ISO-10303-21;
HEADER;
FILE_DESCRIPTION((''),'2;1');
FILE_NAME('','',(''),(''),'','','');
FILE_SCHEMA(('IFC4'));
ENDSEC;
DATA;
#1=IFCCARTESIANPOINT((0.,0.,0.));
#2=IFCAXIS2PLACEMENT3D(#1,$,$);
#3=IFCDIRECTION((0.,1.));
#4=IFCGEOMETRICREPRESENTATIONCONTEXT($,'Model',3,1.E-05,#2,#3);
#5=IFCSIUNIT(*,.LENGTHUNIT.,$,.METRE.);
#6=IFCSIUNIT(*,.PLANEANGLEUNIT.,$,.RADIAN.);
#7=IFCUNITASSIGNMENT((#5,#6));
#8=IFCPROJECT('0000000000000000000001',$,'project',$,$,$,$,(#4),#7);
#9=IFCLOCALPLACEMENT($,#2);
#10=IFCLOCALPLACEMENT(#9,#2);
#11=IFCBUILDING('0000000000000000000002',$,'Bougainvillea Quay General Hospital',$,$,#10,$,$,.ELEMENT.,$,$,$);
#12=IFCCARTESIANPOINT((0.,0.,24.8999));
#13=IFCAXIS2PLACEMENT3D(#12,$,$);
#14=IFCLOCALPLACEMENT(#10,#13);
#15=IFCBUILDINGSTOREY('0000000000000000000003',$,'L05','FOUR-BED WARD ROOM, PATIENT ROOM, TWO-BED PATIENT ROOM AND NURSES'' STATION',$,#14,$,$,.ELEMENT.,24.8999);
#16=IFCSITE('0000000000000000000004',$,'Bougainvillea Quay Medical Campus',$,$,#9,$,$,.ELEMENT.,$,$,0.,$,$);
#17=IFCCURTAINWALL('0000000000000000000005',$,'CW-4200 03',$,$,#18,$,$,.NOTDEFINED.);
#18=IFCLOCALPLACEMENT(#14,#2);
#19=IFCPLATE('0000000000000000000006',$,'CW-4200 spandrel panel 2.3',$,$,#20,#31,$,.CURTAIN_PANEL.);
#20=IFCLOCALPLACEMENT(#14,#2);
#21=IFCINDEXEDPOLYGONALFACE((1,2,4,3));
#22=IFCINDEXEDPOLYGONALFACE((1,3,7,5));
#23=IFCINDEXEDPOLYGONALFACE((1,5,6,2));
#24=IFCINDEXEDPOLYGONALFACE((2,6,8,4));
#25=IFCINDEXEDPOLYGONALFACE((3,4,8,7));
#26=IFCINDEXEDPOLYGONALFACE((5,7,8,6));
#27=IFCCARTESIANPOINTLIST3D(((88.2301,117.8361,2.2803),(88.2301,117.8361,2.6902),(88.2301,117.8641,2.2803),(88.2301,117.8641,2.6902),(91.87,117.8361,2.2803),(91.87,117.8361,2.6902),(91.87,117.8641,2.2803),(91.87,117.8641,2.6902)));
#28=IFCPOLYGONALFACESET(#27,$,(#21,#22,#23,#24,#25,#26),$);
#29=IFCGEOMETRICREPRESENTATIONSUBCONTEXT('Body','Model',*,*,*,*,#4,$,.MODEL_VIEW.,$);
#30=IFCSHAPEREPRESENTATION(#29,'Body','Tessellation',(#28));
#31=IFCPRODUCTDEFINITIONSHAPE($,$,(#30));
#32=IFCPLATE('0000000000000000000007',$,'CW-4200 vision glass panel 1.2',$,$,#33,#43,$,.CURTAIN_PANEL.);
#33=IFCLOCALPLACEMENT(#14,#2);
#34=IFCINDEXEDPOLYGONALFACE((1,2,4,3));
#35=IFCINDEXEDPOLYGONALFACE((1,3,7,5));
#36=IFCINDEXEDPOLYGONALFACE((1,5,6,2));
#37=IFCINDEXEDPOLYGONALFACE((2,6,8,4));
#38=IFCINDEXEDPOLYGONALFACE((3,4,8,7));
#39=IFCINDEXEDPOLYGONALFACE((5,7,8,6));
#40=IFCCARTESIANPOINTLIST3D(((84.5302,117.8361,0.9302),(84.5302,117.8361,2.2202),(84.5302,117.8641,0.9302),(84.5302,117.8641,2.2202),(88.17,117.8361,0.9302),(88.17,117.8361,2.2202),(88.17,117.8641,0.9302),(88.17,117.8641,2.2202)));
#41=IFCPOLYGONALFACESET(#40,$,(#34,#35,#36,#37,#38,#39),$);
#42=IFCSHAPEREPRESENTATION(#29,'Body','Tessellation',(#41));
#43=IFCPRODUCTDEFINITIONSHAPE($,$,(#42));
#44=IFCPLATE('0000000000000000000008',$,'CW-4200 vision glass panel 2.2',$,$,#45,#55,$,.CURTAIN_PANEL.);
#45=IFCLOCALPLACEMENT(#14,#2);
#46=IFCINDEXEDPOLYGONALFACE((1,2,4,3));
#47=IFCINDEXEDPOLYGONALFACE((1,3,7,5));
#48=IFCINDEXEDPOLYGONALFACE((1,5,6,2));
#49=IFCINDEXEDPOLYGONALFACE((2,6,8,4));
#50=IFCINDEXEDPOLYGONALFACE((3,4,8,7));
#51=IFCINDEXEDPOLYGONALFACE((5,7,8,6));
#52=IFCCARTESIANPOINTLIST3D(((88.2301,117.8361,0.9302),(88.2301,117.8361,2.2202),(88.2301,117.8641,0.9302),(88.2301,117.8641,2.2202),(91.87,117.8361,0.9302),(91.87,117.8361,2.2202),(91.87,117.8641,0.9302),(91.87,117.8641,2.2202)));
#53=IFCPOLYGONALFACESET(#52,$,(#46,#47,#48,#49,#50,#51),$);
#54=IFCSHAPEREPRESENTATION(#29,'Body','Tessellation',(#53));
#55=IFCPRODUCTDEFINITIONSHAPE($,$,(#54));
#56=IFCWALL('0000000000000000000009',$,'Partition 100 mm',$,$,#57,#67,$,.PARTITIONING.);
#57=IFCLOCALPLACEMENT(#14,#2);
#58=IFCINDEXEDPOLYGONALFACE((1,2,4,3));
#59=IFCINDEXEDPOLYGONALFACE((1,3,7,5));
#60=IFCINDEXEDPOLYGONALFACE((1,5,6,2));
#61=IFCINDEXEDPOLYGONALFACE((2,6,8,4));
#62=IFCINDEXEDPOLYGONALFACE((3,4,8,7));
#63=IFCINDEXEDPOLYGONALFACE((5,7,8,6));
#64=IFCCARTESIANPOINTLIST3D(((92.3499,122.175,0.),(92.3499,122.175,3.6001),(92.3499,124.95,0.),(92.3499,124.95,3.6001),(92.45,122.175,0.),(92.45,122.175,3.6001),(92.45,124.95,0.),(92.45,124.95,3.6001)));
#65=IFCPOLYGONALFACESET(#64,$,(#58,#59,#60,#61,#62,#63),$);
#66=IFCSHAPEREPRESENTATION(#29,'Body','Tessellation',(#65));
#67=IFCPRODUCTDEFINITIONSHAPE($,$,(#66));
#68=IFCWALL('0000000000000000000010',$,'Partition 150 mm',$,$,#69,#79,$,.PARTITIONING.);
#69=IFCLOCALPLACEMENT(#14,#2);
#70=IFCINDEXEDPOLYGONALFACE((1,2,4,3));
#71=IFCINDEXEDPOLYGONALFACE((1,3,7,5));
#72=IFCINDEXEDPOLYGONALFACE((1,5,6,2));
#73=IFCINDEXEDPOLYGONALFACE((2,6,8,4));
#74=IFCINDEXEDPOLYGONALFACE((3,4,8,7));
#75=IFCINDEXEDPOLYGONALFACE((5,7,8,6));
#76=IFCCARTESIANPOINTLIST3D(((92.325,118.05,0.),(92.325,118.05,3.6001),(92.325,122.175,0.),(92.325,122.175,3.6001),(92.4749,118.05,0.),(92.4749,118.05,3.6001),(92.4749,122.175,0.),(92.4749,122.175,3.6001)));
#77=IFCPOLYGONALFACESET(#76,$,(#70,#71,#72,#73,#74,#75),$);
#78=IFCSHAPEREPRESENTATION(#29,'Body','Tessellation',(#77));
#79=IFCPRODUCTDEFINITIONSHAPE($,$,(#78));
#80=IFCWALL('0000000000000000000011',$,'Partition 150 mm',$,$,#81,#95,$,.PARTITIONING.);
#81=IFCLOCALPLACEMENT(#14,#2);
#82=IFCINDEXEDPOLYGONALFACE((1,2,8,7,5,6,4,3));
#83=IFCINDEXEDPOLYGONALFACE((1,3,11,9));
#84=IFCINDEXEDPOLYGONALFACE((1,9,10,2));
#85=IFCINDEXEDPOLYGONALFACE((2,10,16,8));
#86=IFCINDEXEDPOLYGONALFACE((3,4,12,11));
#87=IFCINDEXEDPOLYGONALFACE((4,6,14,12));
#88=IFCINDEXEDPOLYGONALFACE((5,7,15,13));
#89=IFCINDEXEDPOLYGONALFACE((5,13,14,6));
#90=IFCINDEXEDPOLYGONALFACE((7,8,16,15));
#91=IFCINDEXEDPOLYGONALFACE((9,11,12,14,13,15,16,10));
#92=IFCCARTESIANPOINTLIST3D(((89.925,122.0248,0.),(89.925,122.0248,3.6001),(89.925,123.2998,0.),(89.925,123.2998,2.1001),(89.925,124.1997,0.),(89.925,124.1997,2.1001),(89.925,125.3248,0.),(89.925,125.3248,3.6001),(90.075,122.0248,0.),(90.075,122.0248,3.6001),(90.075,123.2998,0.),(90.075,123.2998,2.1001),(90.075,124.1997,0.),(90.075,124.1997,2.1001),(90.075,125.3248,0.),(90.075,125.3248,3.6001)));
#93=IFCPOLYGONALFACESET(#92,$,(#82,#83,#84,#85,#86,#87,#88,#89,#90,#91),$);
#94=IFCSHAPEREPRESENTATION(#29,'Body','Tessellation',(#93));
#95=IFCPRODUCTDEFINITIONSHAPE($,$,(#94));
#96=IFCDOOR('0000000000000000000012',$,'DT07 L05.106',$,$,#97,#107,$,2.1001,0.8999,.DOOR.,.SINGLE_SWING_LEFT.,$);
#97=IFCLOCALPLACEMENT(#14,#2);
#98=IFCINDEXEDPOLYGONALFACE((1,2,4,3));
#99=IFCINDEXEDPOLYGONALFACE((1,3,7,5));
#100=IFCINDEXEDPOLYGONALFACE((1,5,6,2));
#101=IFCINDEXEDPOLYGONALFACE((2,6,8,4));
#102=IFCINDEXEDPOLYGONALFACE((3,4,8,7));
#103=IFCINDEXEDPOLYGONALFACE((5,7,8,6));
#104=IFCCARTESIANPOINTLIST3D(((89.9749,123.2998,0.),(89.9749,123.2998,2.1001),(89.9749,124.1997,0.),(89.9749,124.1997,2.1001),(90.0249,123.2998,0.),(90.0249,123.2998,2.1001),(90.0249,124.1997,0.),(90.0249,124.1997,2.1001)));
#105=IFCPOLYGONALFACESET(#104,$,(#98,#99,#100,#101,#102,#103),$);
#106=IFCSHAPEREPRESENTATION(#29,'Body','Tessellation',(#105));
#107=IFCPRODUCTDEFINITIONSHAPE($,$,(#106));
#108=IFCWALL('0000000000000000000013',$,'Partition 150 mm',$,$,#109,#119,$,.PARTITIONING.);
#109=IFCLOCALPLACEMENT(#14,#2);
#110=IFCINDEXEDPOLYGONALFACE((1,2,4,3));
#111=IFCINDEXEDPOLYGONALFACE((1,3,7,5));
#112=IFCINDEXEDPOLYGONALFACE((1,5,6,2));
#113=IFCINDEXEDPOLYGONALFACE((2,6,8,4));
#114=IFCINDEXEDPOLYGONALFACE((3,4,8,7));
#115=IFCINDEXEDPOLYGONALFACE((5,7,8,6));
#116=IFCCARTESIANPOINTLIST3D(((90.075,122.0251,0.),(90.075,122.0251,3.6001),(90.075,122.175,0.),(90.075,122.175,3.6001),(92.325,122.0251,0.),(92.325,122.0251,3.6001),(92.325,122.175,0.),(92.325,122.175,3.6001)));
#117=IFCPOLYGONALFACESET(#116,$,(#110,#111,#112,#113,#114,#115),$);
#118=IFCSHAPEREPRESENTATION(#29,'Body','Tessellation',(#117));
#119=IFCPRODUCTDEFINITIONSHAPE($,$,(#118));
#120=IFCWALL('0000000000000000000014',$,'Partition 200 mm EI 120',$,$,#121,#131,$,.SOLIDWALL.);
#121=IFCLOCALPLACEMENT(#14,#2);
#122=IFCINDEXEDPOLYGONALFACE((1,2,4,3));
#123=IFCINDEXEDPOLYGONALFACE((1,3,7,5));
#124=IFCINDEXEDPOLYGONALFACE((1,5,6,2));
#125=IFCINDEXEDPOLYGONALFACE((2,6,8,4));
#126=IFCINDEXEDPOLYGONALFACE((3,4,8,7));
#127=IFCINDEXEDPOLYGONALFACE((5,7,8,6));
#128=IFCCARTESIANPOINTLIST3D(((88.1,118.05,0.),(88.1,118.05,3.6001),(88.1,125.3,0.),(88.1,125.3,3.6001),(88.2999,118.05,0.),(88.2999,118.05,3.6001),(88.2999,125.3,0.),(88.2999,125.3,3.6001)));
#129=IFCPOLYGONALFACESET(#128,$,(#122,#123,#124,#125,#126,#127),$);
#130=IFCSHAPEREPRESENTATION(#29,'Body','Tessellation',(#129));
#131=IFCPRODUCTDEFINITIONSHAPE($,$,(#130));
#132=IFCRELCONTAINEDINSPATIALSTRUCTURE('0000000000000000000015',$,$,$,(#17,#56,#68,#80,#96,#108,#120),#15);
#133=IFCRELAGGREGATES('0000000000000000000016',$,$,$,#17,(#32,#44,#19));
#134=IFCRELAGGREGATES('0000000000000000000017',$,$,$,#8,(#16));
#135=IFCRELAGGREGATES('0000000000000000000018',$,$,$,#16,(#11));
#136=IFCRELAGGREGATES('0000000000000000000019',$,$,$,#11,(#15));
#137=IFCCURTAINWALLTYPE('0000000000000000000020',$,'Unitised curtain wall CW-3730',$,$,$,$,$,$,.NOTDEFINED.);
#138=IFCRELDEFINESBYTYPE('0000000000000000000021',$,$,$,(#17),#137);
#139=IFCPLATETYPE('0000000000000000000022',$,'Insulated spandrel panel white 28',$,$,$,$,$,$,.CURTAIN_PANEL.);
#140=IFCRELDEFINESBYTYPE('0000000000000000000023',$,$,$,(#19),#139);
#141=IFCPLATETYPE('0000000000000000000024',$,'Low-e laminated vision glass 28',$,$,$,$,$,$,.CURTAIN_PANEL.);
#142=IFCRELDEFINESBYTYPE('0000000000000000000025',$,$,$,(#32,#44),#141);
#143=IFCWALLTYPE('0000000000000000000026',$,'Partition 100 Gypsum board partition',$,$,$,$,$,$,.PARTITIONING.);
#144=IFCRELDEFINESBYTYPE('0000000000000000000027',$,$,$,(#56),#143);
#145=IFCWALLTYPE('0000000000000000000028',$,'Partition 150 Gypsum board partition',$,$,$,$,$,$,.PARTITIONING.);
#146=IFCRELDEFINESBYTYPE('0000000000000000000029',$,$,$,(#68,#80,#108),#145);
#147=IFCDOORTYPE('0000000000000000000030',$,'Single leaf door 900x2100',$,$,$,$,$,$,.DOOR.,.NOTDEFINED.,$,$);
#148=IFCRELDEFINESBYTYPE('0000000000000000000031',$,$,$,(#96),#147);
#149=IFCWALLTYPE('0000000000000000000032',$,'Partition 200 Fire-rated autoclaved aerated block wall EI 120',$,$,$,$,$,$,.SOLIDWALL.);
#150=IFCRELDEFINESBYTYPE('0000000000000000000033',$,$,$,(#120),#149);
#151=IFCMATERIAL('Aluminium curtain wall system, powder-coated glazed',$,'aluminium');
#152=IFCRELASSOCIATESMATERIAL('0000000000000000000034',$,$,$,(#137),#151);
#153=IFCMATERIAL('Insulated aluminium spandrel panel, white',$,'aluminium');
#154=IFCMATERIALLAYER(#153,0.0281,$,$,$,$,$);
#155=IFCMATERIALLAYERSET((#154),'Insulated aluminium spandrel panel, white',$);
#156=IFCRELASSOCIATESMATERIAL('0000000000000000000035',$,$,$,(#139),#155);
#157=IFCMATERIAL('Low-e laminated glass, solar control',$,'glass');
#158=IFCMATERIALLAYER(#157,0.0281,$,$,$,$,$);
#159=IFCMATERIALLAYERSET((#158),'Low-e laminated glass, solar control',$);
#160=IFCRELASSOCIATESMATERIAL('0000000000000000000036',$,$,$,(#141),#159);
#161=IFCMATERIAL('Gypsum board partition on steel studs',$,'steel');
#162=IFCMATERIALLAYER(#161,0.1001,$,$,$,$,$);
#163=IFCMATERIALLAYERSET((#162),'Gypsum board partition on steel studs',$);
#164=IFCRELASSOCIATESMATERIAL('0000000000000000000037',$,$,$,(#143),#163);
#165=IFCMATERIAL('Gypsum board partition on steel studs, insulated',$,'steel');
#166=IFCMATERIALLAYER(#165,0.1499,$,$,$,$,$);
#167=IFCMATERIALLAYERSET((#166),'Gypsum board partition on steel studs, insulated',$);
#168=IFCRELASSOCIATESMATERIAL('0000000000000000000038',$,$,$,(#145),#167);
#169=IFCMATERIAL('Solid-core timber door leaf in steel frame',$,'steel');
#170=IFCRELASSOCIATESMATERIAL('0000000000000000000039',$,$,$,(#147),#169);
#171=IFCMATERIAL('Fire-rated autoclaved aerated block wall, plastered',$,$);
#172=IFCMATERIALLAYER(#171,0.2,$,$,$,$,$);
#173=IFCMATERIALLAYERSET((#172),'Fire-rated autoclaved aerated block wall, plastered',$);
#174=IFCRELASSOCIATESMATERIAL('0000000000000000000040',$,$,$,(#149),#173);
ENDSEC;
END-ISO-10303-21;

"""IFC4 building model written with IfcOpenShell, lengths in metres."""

from ifc_helpers import new_model, si_unit, direction, frame, frame_2d, origin, origin_2d, place, context, subcontext, project, spatial, rectangle, extrude, material, layer, layer_set, type_object, element, fill, aggregate, save


model = new_model("IFC4")

# Units and contexts
model_context = context("Model", 3, precision=1e-05, world=origin(), true_north=direction((0.0, 1.0)))
body_context = subcontext(model_context, "Body", "Model", "MODEL_VIEW")
ifc_project = project(units=[si_unit("LENGTHUNIT", "METRE"), si_unit("PLANEANGLEUNIT", "RADIAN")], contexts=[model_context])

# Site, building, storey
site_placement = place(None, origin())
site = spatial("IfcSite", under=ifc_project, at=site_placement, Name="Bougainvillea Quay Medical Campus", CompositionType="ELEMENT", RefElevation=0.0)
building_placement = place(site_placement, origin())
building = spatial("IfcBuilding", under=site, at=building_placement, Name="Bougainvillea Quay General Hospital", CompositionType="ELEMENT")
storey_placement = place(building_placement, frame((0.0, 0.0, 24.8999)))
storey = spatial("IfcBuildingStorey", under=building, at=storey_placement, Name="L05", Description="FOUR-BED WARD ROOM, PATIENT ROOM, TWO-BED PATIENT ROOM AND NURSES' STATION", CompositionType="ELEMENT", Elevation=24.8999)

# Curtain wall, plates
ifc_material_1 = material(Name="Aluminium curtain wall system, powder-coated glazed", Category="aluminium")
curtain_wall_type = type_object("IfcCurtainWallType", Name="Unitised curtain wall CW-3730", PredefinedType="NOTDEFINED", material=ifc_material_1)
curtain_wall_placement = place(storey_placement, origin())
curtain_wall = element("IfcCurtainWall", 1, at=curtain_wall_placement, inside=storey, type_object=curtain_wall_type, Name="CW-4200 03", PredefinedType="NOTDEFINED")
ifc_material_2 = material(Name="Insulated aluminium spandrel panel, white", Category="aluminium")
ifc_layer_1 = layer(ifc_material_2, 0.0281)
ifc_layer_set_1 = layer_set([ifc_layer_1], Name="Insulated aluminium spandrel panel, white")
plate_type_1 = type_object("IfcPlateType", Name="Insulated spandrel panel white 28", PredefinedType="CURTAIN_PANEL", material=ifc_layer_set_1)
plate_1_placement = place(storey_placement, frame((90.05, 117.8501, 2.2803), z_axis=(0.0, 0.0, 1.0), x_axis=(1.0, 0.0, 0.0)))
plate_1 = element("IfcPlate", 2, at=plate_1_placement, type_object=plate_type_1, Name="CW-4200 spandrel panel 2.3", PredefinedType="CURTAIN_PANEL", context=body_context, shape_type="SweptSolid", body=[
    extrude(rectangle(XDim=3.6399, YDim=0.0281, at=origin_2d()), origin(), (0.0, 0.0, 1.0), 0.4099),
])
ifc_material_3 = material(Name="Low-e laminated glass, solar control", Category="glass")
ifc_layer_2 = layer(ifc_material_3, 0.0281)
ifc_layer_set_2 = layer_set([ifc_layer_2], Name="Low-e laminated glass, solar control")
plate_type_2 = type_object("IfcPlateType", Name="Low-e laminated vision glass 28", PredefinedType="CURTAIN_PANEL", material=ifc_layer_set_2)
plate_2_placement = place(storey_placement, frame((86.3501, 117.8501, 0.9302), z_axis=(0.0, 0.0, 1.0), x_axis=(1.0, 0.0, 0.0)))
plate_2 = element("IfcPlate", 3, at=plate_2_placement, type_object=plate_type_2, Name="CW-4200 vision glass panel 1.2", PredefinedType="CURTAIN_PANEL", context=body_context, shape_type="SweptSolid", body=[
    extrude(rectangle(XDim=3.6399, YDim=0.0281, at=origin_2d()), origin(), (0.0, 0.0, 1.0), 1.29),
])
plate_3_placement = place(storey_placement, frame((90.05, 117.8501, 0.9302), z_axis=(0.0, 0.0, 1.0), x_axis=(1.0, 0.0, 0.0)))
plate_3 = element("IfcPlate", 4, at=plate_3_placement, type_object=plate_type_2, Name="CW-4200 vision glass panel 2.2", PredefinedType="CURTAIN_PANEL", context=body_context, shape_type="SweptSolid", body=[
    extrude(rectangle(XDim=3.6399, YDim=0.0281, at=origin_2d()), origin(), (0.0, 0.0, 1.0), 1.29),
])
aggregate(curtain_wall, [plate_2, plate_3, plate_1])

# Walls
ifc_material_4 = material(Name="Gypsum board partition on steel studs", Category="steel")
ifc_layer_3 = layer(ifc_material_4, 0.1001)
ifc_layer_set_3 = layer_set([ifc_layer_3], Name="Gypsum board partition on steel studs")
wall_type_1 = type_object("IfcWallType", Name="Partition 100 Gypsum board partition", PredefinedType="PARTITIONING", material=ifc_layer_set_3)
wall_1_placement = place(storey_placement, frame((92.3999, 122.175, 0.0), z_axis=(0.0, 0.0, 1.0), x_axis=(0.0, 1.0, 0.0)))
element("IfcWall", 5, at=wall_1_placement, inside=storey, type_object=wall_type_1, Name="Partition 100 mm", PredefinedType="PARTITIONING", context=body_context, shape_type="SweptSolid", body=[
    extrude(rectangle(XDim=2.7749, YDim=0.1001, at=frame_2d((1.3875, 0.0))), origin(), (0.0, 0.0, 1.0), 3.6001),
])
ifc_material_5 = material(Name="Gypsum board partition on steel studs, insulated", Category="steel")
ifc_layer_4 = layer(ifc_material_5, 0.1499)
ifc_layer_set_4 = layer_set([ifc_layer_4], Name="Gypsum board partition on steel studs, insulated")
wall_type_2 = type_object("IfcWallType", Name="Partition 150 Gypsum board partition", PredefinedType="PARTITIONING", material=ifc_layer_set_4)
wall_2_placement = place(storey_placement, frame((92.3999, 118.05, 0.0), z_axis=(0.0, 0.0, 1.0), x_axis=(0.0, 1.0, 0.0)))
element("IfcWall", 6, at=wall_2_placement, inside=storey, type_object=wall_type_2, Name="Partition 150 mm", PredefinedType="PARTITIONING", context=body_context, shape_type="SweptSolid", body=[
    extrude(rectangle(XDim=4.125, YDim=0.1499, at=frame_2d((2.0625, 0.0))), origin(), (0.0, 0.0, 1.0), 3.6001),
])

# Wall, opening, door
wall_3_placement = place(storey_placement, frame((90.0, 122.0249, 0.0), z_axis=(0.0, 0.0, 1.0), x_axis=(0.0, 1.0, 0.0)))
wall_3 = element("IfcWall", 7, at=wall_3_placement, inside=storey, type_object=wall_type_2, Name="Partition 150 mm", PredefinedType="PARTITIONING", context=body_context, shape_type="SweptSolid", body=[
    extrude(rectangle(XDim=3.3, YDim=0.1499, at=frame_2d((1.6499, 0.0))), origin(), (0.0, 0.0, 1.0), 3.6001),
])
opening_placement = place(wall_3_placement, frame((1.2749, 0.0, 0.0)))
opening = element("IfcOpeningElement", 8, at=opening_placement, cuts=wall_3, PredefinedType="OPENING", context=body_context, shape_type="SweptSolid", body=[
    extrude(rectangle(XDim=0.8999, YDim=2.1001, at=frame_2d((0.45, 1.05))), frame((0.0, 0.085, 0.0), z_axis=(0.0, -1.0, 0.0), x_axis=(1.0, 0.0, 0.0)), (0.0, 0.0, 1.0), 0.1699),
])
ifc_material_6 = material(Name="Solid-core timber door leaf in steel frame", Category="steel")
door_type = type_object("IfcDoorType", Name="Single leaf door 900x2100", OperationType="NOTDEFINED", PredefinedType="DOOR", material=ifc_material_6)
door_placement = place(opening_placement, frame((0.8999, 0.0, 0.0), z_axis=(0.0, 0.0, 1.0), x_axis=(-1.0, 0.0, 0.0)))
door = element("IfcDoor", 9, at=door_placement, inside=storey, type_object=door_type, Name="DT07 L05.106", OperationType="SINGLE_SWING_LEFT", OverallHeight=2.1001, OverallWidth=0.8999, PredefinedType="DOOR", context=body_context, shape_type="SweptSolid", body=[
    extrude(rectangle(XDim=0.8999, YDim=2.1001, at=frame_2d((0.45, 1.05))), frame((0.0, 0.0249, 0.0), z_axis=(0.0, -1.0, 0.0), x_axis=(1.0, 0.0, 0.0)), (0.0, 0.0, 1.0), 0.05),
])
fill(opening, door)

# Walls
wall_4_placement = place(storey_placement, frame((90.075, 122.1001, 0.0), z_axis=(0.0, 0.0, 1.0), x_axis=(1.0, 0.0, 0.0)))
element("IfcWall", 10, at=wall_4_placement, inside=storey, type_object=wall_type_2, Name="Partition 150 mm", PredefinedType="PARTITIONING", context=body_context, shape_type="SweptSolid", body=[
    extrude(rectangle(XDim=2.25, YDim=0.1499, at=frame_2d((1.125, 0.0))), origin(), (0.0, 0.0, 1.0), 3.6001),
])
ifc_material_7 = material(Name="Fire-rated autoclaved aerated block wall, plastered")
ifc_layer_5 = layer(ifc_material_7, 0.2)
ifc_layer_set_5 = layer_set([ifc_layer_5], Name="Fire-rated autoclaved aerated block wall, plastered")
wall_type_3 = type_object("IfcWallType", Name="Partition 200 Fire-rated autoclaved aerated block wall EI 120", PredefinedType="SOLIDWALL", material=ifc_layer_set_5)
wall_5_placement = place(storey_placement, frame((88.2, 118.05, 0.0), z_axis=(0.0, 0.0, 1.0), x_axis=(0.0, 1.0, 0.0)))
element("IfcWall", 11, at=wall_5_placement, inside=storey, type_object=wall_type_3, Name="Partition 200 mm EI 120", PredefinedType="SOLIDWALL", context=body_context, shape_type="SweptSolid", body=[
    extrude(rectangle(XDim=7.25, YDim=0.2, at=frame_2d((3.625, 0.0))), origin(), (0.0, 0.0, 1.0), 3.6001),
])

save(model, "model.ifc")
